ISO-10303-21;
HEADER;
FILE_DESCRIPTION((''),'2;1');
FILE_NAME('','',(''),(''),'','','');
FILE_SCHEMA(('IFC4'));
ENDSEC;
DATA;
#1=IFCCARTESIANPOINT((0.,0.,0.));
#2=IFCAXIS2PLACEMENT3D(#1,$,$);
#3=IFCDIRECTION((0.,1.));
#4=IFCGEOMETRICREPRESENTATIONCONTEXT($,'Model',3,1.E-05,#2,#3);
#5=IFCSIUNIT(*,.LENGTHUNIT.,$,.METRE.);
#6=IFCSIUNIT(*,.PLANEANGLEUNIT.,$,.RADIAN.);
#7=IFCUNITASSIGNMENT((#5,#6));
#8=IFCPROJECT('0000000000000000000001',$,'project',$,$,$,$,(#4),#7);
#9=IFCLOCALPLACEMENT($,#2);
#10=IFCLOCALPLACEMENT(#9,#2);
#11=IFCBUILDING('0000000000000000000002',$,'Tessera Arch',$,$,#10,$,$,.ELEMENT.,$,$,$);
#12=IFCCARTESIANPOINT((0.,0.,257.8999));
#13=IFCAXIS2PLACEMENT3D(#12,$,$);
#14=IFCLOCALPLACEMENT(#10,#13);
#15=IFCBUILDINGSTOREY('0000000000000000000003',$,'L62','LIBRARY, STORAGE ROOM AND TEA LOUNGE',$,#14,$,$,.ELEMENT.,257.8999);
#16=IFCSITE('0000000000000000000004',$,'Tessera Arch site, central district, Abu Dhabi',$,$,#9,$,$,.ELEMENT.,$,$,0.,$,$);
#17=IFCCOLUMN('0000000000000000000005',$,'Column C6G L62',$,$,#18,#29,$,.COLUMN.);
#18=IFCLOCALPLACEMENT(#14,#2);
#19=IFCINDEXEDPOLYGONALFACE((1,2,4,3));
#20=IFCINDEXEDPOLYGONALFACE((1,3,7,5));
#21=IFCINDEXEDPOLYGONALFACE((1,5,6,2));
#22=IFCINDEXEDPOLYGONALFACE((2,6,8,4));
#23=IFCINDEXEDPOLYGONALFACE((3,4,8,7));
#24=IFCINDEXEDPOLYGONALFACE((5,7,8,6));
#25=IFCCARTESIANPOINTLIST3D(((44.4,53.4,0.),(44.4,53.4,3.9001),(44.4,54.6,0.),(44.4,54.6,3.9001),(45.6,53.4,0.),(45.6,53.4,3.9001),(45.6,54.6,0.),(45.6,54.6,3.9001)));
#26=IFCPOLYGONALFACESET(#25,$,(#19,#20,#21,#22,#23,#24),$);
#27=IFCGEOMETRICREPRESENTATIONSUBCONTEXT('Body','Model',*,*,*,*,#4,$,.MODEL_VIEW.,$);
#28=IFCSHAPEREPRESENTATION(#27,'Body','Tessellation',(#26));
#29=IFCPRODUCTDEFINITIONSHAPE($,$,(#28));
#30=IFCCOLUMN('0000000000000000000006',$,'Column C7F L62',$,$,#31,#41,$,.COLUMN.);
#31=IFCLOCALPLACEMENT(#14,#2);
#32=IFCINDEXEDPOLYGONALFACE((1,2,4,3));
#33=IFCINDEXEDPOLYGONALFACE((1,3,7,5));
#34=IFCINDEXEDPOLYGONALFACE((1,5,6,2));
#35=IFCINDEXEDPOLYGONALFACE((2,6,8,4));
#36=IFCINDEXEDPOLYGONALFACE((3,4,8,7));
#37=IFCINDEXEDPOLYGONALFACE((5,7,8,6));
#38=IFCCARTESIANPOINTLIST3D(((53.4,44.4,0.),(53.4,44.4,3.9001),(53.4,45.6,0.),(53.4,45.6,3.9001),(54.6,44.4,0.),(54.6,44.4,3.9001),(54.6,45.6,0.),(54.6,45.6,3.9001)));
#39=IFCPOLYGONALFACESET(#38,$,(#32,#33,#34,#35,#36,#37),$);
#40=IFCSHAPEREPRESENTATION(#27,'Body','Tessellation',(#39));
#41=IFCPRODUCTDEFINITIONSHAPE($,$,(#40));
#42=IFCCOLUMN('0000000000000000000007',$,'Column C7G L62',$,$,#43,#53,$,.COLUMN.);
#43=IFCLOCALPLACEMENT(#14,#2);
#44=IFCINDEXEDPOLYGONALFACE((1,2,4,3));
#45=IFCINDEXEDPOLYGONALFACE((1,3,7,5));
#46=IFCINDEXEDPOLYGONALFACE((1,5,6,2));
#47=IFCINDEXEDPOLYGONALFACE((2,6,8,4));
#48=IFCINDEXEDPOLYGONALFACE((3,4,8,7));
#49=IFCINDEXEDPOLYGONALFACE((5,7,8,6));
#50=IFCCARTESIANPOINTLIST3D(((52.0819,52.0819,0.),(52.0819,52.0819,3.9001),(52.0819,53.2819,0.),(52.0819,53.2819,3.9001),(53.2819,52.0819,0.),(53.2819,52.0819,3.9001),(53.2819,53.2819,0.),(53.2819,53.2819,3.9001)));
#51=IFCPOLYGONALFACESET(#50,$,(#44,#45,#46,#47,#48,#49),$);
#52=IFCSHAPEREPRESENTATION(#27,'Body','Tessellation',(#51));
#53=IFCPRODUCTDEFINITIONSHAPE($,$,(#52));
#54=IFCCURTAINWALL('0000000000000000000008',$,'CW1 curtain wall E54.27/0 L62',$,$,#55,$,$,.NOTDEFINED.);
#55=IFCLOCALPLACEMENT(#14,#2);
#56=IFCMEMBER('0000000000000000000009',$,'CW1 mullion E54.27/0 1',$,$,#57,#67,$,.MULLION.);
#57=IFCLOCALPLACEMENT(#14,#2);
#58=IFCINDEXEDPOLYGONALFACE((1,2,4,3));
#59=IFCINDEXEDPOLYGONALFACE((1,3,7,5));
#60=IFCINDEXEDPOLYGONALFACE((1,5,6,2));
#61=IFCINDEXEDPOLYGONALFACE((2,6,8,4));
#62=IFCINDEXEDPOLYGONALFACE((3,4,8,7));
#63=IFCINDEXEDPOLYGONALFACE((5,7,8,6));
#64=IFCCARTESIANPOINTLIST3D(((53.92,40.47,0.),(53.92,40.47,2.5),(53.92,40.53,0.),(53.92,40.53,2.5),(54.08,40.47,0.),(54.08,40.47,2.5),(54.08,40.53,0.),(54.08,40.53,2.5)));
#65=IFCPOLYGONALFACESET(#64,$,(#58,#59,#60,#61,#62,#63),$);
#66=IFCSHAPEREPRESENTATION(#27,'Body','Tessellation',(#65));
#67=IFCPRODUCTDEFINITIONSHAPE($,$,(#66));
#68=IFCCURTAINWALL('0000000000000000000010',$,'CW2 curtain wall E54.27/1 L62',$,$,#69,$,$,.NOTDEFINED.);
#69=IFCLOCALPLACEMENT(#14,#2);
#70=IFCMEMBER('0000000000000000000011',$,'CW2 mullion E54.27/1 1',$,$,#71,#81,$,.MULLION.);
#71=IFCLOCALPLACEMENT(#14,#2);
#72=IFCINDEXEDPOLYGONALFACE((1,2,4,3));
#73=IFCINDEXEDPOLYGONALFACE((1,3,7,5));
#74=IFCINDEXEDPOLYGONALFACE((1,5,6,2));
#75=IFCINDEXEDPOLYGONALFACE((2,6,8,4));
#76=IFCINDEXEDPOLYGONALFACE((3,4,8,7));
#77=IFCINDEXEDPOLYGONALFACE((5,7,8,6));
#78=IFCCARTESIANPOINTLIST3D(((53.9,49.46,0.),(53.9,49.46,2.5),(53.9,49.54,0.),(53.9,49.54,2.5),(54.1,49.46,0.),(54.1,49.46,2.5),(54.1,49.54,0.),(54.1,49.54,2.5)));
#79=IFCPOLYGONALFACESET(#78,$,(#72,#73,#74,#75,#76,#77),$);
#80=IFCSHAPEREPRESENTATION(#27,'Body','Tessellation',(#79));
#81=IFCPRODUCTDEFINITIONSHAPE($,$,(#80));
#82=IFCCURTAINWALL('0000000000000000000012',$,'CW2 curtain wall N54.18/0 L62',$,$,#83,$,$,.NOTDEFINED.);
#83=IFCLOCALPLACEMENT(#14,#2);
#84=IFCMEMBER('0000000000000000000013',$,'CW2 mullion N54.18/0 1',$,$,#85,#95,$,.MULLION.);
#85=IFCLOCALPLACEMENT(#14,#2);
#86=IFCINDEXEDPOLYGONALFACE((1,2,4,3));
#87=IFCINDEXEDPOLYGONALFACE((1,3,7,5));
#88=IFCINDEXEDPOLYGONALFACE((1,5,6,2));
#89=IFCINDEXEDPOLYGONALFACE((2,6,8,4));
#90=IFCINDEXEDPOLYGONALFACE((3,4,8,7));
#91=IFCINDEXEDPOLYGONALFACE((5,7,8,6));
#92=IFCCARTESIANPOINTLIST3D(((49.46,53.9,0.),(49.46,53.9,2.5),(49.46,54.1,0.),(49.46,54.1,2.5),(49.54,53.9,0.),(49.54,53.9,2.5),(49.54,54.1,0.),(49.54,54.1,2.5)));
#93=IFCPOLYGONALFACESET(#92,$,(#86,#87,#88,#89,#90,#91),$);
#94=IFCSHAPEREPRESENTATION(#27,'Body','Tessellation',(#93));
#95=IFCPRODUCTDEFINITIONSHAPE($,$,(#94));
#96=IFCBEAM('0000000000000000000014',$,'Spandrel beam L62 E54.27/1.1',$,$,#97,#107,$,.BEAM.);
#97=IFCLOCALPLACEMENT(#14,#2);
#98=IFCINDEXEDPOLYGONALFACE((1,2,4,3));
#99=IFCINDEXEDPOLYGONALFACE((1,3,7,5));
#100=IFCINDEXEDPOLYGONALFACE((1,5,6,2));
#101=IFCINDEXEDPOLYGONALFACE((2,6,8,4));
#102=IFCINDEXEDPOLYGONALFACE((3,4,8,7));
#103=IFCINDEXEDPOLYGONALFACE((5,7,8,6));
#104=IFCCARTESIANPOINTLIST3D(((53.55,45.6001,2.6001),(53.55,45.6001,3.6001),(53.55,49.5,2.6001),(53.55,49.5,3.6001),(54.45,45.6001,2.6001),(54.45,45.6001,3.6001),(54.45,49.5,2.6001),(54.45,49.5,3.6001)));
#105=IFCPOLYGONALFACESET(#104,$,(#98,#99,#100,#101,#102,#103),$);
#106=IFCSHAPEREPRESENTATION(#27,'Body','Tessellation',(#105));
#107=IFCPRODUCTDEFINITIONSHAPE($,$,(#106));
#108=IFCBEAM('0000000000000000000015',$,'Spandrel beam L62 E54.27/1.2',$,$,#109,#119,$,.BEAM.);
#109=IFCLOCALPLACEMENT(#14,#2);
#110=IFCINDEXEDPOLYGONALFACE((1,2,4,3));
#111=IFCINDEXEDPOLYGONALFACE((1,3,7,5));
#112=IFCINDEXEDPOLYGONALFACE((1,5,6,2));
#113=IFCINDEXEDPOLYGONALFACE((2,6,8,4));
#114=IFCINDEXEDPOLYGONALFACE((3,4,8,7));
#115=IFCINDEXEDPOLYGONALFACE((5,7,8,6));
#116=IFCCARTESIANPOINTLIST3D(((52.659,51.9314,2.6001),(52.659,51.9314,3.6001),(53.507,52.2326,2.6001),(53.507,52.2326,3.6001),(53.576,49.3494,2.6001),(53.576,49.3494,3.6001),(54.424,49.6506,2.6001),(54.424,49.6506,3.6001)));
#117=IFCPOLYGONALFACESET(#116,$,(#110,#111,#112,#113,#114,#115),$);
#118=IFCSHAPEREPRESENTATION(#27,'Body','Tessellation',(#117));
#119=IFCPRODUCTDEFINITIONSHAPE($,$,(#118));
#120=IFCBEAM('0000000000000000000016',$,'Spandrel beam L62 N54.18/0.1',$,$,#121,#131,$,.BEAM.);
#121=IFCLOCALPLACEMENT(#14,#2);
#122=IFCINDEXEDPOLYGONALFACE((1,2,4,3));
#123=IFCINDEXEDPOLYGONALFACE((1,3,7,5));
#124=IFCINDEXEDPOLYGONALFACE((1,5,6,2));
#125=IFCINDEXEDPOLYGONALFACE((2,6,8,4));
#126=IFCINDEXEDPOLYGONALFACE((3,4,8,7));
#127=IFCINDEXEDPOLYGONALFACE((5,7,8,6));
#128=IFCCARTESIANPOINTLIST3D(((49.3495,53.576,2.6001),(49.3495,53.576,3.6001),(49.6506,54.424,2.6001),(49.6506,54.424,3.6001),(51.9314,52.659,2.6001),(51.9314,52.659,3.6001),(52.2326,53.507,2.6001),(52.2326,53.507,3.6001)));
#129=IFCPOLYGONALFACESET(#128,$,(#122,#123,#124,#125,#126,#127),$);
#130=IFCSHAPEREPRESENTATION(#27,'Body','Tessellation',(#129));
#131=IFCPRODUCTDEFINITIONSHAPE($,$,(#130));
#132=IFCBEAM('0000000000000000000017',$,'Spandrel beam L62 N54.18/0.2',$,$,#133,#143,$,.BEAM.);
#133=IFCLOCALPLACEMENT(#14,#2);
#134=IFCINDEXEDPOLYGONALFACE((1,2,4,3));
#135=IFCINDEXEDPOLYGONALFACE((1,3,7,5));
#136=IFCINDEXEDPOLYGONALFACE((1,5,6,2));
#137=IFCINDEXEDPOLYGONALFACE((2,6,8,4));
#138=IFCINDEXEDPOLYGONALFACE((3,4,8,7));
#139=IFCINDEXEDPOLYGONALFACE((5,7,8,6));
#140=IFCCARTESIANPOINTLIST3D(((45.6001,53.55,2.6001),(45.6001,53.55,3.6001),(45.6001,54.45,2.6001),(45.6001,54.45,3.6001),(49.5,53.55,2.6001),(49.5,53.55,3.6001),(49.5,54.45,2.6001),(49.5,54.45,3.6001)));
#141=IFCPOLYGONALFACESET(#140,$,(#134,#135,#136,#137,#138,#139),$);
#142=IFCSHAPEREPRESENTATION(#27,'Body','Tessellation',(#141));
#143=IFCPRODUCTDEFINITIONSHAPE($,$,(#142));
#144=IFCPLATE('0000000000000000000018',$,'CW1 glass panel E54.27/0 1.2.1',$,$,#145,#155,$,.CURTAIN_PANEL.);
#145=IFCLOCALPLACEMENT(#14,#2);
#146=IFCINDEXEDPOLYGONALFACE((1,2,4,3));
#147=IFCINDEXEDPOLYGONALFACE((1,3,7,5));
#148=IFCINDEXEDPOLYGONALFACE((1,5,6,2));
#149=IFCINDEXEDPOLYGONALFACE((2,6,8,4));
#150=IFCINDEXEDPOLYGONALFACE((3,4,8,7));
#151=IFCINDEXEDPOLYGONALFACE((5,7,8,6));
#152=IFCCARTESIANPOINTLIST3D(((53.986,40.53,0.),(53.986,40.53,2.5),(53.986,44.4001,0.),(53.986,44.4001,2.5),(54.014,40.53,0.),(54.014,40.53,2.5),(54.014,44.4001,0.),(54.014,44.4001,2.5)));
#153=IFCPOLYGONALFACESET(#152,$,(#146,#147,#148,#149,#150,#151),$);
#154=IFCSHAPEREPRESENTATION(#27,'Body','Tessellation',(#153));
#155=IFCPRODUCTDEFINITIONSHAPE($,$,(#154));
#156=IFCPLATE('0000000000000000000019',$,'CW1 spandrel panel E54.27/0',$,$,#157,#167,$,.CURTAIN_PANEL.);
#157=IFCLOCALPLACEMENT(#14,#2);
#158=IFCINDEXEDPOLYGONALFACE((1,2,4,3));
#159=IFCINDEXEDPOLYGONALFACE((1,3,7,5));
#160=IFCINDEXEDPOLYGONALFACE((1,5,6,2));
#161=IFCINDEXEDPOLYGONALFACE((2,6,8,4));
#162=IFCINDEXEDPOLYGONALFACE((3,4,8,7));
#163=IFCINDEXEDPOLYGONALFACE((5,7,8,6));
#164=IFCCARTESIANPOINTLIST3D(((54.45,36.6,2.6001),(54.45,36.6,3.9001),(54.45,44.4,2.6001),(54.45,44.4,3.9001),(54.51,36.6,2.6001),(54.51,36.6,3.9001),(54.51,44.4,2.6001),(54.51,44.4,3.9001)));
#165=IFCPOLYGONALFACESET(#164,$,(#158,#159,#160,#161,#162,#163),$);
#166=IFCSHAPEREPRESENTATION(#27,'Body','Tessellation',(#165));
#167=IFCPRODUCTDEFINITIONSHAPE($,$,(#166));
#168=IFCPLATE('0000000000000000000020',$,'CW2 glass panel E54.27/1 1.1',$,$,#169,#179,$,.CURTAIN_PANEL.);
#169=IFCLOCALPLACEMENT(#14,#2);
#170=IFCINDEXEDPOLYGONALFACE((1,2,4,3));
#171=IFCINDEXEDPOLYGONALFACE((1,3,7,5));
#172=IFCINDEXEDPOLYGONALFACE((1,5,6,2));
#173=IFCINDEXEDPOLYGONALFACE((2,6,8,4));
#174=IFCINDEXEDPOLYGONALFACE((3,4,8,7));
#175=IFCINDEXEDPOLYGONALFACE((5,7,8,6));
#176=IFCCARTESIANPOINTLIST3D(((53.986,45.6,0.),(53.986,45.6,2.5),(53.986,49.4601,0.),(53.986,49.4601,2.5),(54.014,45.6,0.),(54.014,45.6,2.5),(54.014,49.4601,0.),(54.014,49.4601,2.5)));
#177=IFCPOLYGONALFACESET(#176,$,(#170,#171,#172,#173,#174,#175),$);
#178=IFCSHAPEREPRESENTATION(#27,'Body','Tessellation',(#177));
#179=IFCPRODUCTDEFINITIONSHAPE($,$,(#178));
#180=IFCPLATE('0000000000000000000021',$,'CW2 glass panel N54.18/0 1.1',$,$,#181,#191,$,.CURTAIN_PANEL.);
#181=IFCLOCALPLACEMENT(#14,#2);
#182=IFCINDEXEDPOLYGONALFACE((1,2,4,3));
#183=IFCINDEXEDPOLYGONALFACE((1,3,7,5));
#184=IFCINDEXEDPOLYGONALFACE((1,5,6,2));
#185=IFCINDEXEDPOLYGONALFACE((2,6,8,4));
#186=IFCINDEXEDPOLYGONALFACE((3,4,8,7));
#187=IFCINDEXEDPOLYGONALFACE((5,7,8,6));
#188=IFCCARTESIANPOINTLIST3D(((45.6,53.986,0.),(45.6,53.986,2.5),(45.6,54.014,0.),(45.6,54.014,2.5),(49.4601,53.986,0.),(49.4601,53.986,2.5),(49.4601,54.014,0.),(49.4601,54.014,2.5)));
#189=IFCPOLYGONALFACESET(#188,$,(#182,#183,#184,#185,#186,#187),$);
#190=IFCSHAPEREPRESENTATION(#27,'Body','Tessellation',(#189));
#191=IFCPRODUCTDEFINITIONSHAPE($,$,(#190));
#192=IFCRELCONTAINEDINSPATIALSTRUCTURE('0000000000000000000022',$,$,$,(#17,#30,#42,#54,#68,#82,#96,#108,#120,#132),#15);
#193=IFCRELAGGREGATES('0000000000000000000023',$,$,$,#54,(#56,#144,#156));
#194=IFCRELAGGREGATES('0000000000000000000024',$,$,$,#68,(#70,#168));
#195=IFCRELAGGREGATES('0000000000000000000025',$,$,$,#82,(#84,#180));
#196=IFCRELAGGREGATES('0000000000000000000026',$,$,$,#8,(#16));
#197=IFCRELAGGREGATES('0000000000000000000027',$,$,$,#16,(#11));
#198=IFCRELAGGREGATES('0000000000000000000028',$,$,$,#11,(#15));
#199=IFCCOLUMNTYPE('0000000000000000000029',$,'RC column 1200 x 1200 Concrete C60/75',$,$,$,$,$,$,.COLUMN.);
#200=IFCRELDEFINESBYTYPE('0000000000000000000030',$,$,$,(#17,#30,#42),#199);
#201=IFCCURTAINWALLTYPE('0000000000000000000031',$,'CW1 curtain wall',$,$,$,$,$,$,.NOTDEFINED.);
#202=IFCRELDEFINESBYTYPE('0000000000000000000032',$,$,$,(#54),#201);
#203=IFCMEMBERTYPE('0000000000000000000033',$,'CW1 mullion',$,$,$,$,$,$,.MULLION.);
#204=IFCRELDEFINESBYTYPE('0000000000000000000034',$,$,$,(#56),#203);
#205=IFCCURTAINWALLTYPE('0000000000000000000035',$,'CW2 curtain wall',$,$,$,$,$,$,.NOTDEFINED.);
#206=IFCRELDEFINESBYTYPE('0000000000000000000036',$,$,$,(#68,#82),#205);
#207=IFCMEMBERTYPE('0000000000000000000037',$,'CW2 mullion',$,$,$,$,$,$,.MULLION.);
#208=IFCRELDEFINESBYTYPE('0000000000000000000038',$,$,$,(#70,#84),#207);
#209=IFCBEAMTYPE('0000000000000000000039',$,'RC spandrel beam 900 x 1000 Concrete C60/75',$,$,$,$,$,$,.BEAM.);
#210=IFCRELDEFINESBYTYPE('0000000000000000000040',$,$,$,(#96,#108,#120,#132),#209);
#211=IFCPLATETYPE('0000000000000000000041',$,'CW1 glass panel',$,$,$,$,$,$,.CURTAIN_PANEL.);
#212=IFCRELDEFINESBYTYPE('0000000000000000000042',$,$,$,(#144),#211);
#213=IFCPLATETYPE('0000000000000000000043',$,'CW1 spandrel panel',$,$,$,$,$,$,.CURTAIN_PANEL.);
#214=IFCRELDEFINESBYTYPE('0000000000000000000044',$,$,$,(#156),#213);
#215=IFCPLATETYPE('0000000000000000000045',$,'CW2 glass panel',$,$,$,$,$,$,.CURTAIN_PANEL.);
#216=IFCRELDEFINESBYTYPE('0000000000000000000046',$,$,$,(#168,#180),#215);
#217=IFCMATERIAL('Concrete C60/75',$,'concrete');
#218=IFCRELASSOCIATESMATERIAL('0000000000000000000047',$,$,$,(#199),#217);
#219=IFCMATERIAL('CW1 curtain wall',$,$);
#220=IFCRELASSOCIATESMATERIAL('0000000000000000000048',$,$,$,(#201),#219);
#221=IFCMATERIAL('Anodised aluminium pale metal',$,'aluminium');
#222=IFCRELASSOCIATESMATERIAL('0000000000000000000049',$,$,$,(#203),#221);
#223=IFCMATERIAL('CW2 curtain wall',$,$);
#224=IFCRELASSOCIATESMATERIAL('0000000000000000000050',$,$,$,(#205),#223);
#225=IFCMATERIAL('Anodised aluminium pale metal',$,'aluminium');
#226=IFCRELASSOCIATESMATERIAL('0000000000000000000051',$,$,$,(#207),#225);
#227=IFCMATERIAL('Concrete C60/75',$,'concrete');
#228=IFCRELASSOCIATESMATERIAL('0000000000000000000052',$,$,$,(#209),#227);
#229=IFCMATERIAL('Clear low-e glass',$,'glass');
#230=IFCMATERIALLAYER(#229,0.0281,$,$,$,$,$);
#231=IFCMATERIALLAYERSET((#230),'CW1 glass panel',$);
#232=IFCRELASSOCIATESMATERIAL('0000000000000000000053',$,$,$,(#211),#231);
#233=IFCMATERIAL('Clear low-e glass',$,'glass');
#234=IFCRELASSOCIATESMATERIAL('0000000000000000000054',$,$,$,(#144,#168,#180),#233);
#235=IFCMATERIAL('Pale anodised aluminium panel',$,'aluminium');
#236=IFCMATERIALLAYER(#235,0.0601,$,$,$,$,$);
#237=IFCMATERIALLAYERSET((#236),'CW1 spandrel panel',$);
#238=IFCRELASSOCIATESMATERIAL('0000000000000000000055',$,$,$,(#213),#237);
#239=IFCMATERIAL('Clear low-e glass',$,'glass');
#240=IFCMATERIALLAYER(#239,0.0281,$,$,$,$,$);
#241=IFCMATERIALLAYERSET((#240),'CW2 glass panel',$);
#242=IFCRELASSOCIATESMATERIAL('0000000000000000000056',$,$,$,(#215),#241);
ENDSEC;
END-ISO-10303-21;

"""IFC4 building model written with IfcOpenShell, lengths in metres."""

from ifc_helpers import new_model, si_unit, direction, frame, origin, origin_2d, place, context, subcontext, project, spatial, rectangle, extrude, material, layer, layer_set, material_profile, profile_set, type_object, element, aggregate, save


model = new_model("IFC4")

# Units and contexts
model_context = context("Model", 3, precision=1e-05, world=origin(), true_north=direction((0.0, 1.0)))
body_context = subcontext(model_context, "Body", "Model", "MODEL_VIEW")
ifc_project = project(units=[si_unit("LENGTHUNIT", "METRE"), si_unit("PLANEANGLEUNIT", "RADIAN")], contexts=[model_context])

# Site, building, storey
site_placement = place(None, origin())
site = spatial("IfcSite", under=ifc_project, at=site_placement, Name="Tessera Arch site, central district, Abu Dhabi", CompositionType="ELEMENT", RefElevation=0.0)
building_placement = place(site_placement, origin())
building = spatial("IfcBuilding", under=site, at=building_placement, Name="Tessera Arch", CompositionType="ELEMENT")
storey_placement = place(building_placement, frame((0.0, 0.0, 257.8999)))
storey = spatial("IfcBuildingStorey", under=building, at=storey_placement, Name="L62", Description="LIBRARY, STORAGE ROOM AND TEA LOUNGE", CompositionType="ELEMENT", Elevation=257.8999)

# Columns
ifc_material_1 = material(Name="Concrete C60/75", Category="concrete")
ifc_material_profile_1 = material_profile(ifc_material_1, rectangle(XDim=1.2, YDim=1.2, at=origin_2d()), Name="RC column 1200 x 1200 Concrete C60/75")
ifc_profile_set_1 = profile_set([ifc_material_profile_1], Name="Concrete C60/75")
column_type = type_object("IfcColumnType", Name="RC column 1200 x 1200 Concrete C60/75", PredefinedType="COLUMN", material=ifc_profile_set_1)
for number, where, z_axis, x_axis, name in (
    (1, (45.0, 54.0, 0.0), (0.0, 0.0, 1.0), (1.0, 0.0, 0.0), "Column C6G L62"),
    (2, (54.0, 45.0, 0.0), (0.0, 0.0, 1.0), (1.0, 0.0, 0.0), "Column C7F L62"),
    (3, (52.6819, 52.6819, 0.0), (0.0, 0.0, 1.0), (1.0, 0.0, 0.0), "Column C7G L62"),
):
    element("IfcColumn", number, at=place(storey_placement, frame(where, z_axis=z_axis, x_axis=x_axis)), inside=storey, type_object=column_type, Name=name, PredefinedType="COLUMN", context=body_context, shape_type="SweptSolid", body=[
        extrude(rectangle(XDim=1.2, YDim=1.2, at=origin_2d()), origin(), (0.0, 0.0, 1.0), 3.9001),
    ])

# Curtain walls, members
ifc_material_2 = material(Name="CW1 curtain wall")
curtain_wall_type_1 = type_object("IfcCurtainWallType", Name="CW1 curtain wall", PredefinedType="NOTDEFINED", material=ifc_material_2)
curtain_wall_1_placement = place(storey_placement, origin())
curtain_wall_1 = element("IfcCurtainWall", 4, at=curtain_wall_1_placement, inside=storey, type_object=curtain_wall_type_1, Name="CW1 curtain wall E54.27/0 L62", PredefinedType="NOTDEFINED")
ifc_material_3 = material(Name="Anodised aluminium pale metal", Category="aluminium")
ifc_material_profile_2 = material_profile(ifc_material_3, rectangle(XDim=0.1599, YDim=0.0601, at=origin_2d()), Name="AL 60x160")
ifc_profile_set_2 = profile_set([ifc_material_profile_2], Name="Anodised aluminium pale metal")
member_type_1 = type_object("IfcMemberType", Name="CW1 mullion", PredefinedType="MULLION", material=ifc_profile_set_2)
member_1_placement = place(storey_placement, frame((54.0, 40.5, 0.0), z_axis=(0.0, 0.0, 1.0), x_axis=(-1.0, 0.0, 0.0)))
member_1 = element("IfcMember", 5, at=member_1_placement, type_object=member_type_1, Name="CW1 mullion E54.27/0 1", PredefinedType="MULLION", context=body_context, shape_type="SweptSolid", body=[
    extrude(rectangle(XDim=0.1599, YDim=0.0601, at=origin_2d()), origin(), (0.0, 0.0, 1.0), 2.5),
])
ifc_material_4 = material(Name="CW2 curtain wall")
curtain_wall_type_2 = type_object("IfcCurtainWallType", Name="CW2 curtain wall", PredefinedType="NOTDEFINED", material=ifc_material_4)
curtain_wall_2_placement = place(storey_placement, origin())
curtain_wall_2 = element("IfcCurtainWall", 6, at=curtain_wall_2_placement, inside=storey, type_object=curtain_wall_type_2, Name="CW2 curtain wall E54.27/1 L62", PredefinedType="NOTDEFINED")
ifc_material_5 = material(Name="Anodised aluminium pale metal", Category="aluminium")
ifc_material_profile_3 = material_profile(ifc_material_5, rectangle(XDim=0.2, YDim=0.0801, at=origin_2d()), Name="AL 80x200")
ifc_profile_set_3 = profile_set([ifc_material_profile_3], Name="Anodised aluminium pale metal")
member_type_2 = type_object("IfcMemberType", Name="CW2 mullion", PredefinedType="MULLION", material=ifc_profile_set_3)
member_2_placement = place(storey_placement, frame((54.0, 49.5, 0.0), z_axis=(0.0, 0.0, 1.0), x_axis=(-1.0, 0.0, 0.0)))
member_2 = element("IfcMember", 7, at=member_2_placement, type_object=member_type_2, Name="CW2 mullion E54.27/1 1", PredefinedType="MULLION", context=body_context, shape_type="SweptSolid", body=[
    extrude(rectangle(XDim=0.2, YDim=0.0801, at=origin_2d()), origin(), (0.0, 0.0, 1.0), 2.5),
])
curtain_wall_3_placement = place(storey_placement, origin())
curtain_wall_3 = element("IfcCurtainWall", 8, at=curtain_wall_3_placement, inside=storey, type_object=curtain_wall_type_2, Name="CW2 curtain wall N54.18/0 L62", PredefinedType="NOTDEFINED")
member_3_placement = place(storey_placement, frame((49.5, 54.0, 0.0), z_axis=(0.0, 0.0, 1.0), x_axis=(0.0, -1.0, 0.0)))
member_3 = element("IfcMember", 9, at=member_3_placement, type_object=member_type_2, Name="CW2 mullion N54.18/0 1", PredefinedType="MULLION", context=body_context, shape_type="SweptSolid", body=[
    extrude(rectangle(XDim=0.2, YDim=0.0801, at=origin_2d()), origin(), (0.0, 0.0, 1.0), 2.5),
])

# Beams
ifc_material_6 = material(Name="Concrete C60/75", Category="concrete")
ifc_material_profile_4 = material_profile(ifc_material_6, rectangle(XDim=0.8999, YDim=1.0, at=origin_2d()), Name="RC spandrel beam 900 x 1000 Concrete C60/75")
ifc_profile_set_4 = profile_set([ifc_material_profile_4], Name="Concrete C60/75")
beam_type = type_object("IfcBeamType", Name="RC spandrel beam 900 x 1000 Concrete C60/75", PredefinedType="BEAM", material=ifc_profile_set_4)
beam_1_placement = place(storey_placement, frame((54.0, 45.6001, 3.1001), z_axis=(0.0, 1.0, 0.0), x_axis=(-1.0, 0.0, 0.0)))
element("IfcBeam", 10, at=beam_1_placement, inside=storey, type_object=beam_type, Name="Spandrel beam L62 E54.27/1.1", PredefinedType="BEAM", context=body_context, shape_type="SweptSolid", body=[
    extrude(rectangle(XDim=0.8999, YDim=1.0, at=origin_2d()), origin(), (0.0, 0.0, 1.0), 3.8999),
])
for number, where, z_axis, x_axis, name in (
    (11, (54.0, 49.5, 3.1001), (-0.334665, 0.942337, 0.0), (-0.942337, -0.334665, 0.0), "Spandrel beam L62 E54.27/1.2"),
    (12, (52.082, 53.083, 3.1001), (-0.942337, 0.334665, 0.0), (-0.334665, -0.942337, 0.0), "Spandrel beam L62 N54.18/0.1"),
):
    element("IfcBeam", number, at=place(storey_placement, frame(where, z_axis=z_axis, x_axis=x_axis)), inside=storey, type_object=beam_type, Name=name, PredefinedType="BEAM", context=body_context, shape_type="SweptSolid", body=[
        extrude(rectangle(XDim=0.8999, YDim=1.0, at=origin_2d()), origin(), (0.0, 0.0, 1.0), 2.74),
    ])
beam_2_placement = place(storey_placement, frame((49.5, 54.0, 3.1001), z_axis=(-1.0, 0.0, 0.0), x_axis=(0.0, -1.0, 0.0)))
element("IfcBeam", 13, at=beam_2_placement, inside=storey, type_object=beam_type, Name="Spandrel beam L62 N54.18/0.2", PredefinedType="BEAM", context=body_context, shape_type="SweptSolid", body=[
    extrude(rectangle(XDim=0.8999, YDim=1.0, at=origin_2d()), origin(), (0.0, 0.0, 1.0), 3.8999),
])

# Plates
ifc_material_7 = material(Name="Clear low-e glass", Category="glass")
ifc_material_8 = material(Name="Clear low-e glass", Category="glass")
ifc_layer_1 = layer(ifc_material_8, 0.0281)
ifc_layer_set_1 = layer_set([ifc_layer_1], Name="CW1 glass panel")
plate_type_1 = type_object("IfcPlateType", Name="CW1 glass panel", PredefinedType="CURTAIN_PANEL", material=ifc_layer_set_1)
plate_1_placement = place(storey_placement, frame((54.0, 42.4651, 0.0), z_axis=(0.0, 0.0, 1.0), x_axis=(0.0, 1.0, 0.0)))
plate_1 = element("IfcPlate", 14, at=plate_1_placement, type_object=plate_type_1, material=ifc_material_7, Name="CW1 glass panel E54.27/0 1.2.1", PredefinedType="CURTAIN_PANEL", context=body_context, shape_type="SweptSolid", body=[
    extrude(rectangle(XDim=3.8701, YDim=0.0281, at=origin_2d()), origin(), (0.0, 0.0, 1.0), 2.5),
])
ifc_material_9 = material(Name="Pale anodised aluminium panel", Category="aluminium")
ifc_layer_2 = layer(ifc_material_9, 0.0601)
ifc_layer_set_2 = layer_set([ifc_layer_2], Name="CW1 spandrel panel")
plate_type_2 = type_object("IfcPlateType", Name="CW1 spandrel panel", PredefinedType="CURTAIN_PANEL", material=ifc_layer_set_2)
plate_2_placement = place(storey_placement, frame((54.48, 40.5, 2.6001), z_axis=(0.0, 0.0, 1.0), x_axis=(0.0, 1.0, 0.0)))
plate_2 = element("IfcPlate", 15, at=plate_2_placement, type_object=plate_type_2, Name="CW1 spandrel panel E54.27/0", PredefinedType="CURTAIN_PANEL", context=body_context, shape_type="SweptSolid", body=[
    extrude(rectangle(XDim=7.8, YDim=0.0601, at=origin_2d()), origin(), (0.0, 0.0, 1.0), 1.3),
])
aggregate(curtain_wall_1, [member_1, plate_1, plate_2])
ifc_material_10 = material(Name="Clear low-e glass", Category="glass")
ifc_layer_3 = layer(ifc_material_10, 0.0281)
ifc_layer_set_3 = layer_set([ifc_layer_3], Name="CW2 glass panel")
plate_type_3 = type_object("IfcPlateType", Name="CW2 glass panel", PredefinedType="CURTAIN_PANEL", material=ifc_layer_set_3)
plate_3_placement = place(storey_placement, frame((54.0, 47.53, 0.0), z_axis=(0.0, 0.0, 1.0), x_axis=(0.0, 1.0, 0.0)))
plate_3 = element("IfcPlate", 16, at=plate_3_placement, type_object=plate_type_3, material=ifc_material_7, Name="CW2 glass panel E54.27/1 1.1", PredefinedType="CURTAIN_PANEL", context=body_context, shape_type="SweptSolid", body=[
    extrude(rectangle(XDim=3.8601, YDim=0.0281, at=origin_2d()), origin(), (0.0, 0.0, 1.0), 2.5),
])
aggregate(curtain_wall_2, [member_2, plate_3])
plate_4_placement = place(storey_placement, frame((47.53, 54.0, 0.0), z_axis=(0.0, 0.0, 1.0), x_axis=(-1.0, 0.0, 0.0)))
plate_4 = element("IfcPlate", 17, at=plate_4_placement, type_object=plate_type_3, material=ifc_material_7, Name="CW2 glass panel N54.18/0 1.1", PredefinedType="CURTAIN_PANEL", context=body_context, shape_type="SweptSolid", body=[
    extrude(rectangle(XDim=3.8601, YDim=0.0281, at=origin_2d()), origin(), (0.0, 0.0, 1.0), 2.5),
])
aggregate(curtain_wall_3, [member_3, plate_4])

save(model, "model.ifc")
